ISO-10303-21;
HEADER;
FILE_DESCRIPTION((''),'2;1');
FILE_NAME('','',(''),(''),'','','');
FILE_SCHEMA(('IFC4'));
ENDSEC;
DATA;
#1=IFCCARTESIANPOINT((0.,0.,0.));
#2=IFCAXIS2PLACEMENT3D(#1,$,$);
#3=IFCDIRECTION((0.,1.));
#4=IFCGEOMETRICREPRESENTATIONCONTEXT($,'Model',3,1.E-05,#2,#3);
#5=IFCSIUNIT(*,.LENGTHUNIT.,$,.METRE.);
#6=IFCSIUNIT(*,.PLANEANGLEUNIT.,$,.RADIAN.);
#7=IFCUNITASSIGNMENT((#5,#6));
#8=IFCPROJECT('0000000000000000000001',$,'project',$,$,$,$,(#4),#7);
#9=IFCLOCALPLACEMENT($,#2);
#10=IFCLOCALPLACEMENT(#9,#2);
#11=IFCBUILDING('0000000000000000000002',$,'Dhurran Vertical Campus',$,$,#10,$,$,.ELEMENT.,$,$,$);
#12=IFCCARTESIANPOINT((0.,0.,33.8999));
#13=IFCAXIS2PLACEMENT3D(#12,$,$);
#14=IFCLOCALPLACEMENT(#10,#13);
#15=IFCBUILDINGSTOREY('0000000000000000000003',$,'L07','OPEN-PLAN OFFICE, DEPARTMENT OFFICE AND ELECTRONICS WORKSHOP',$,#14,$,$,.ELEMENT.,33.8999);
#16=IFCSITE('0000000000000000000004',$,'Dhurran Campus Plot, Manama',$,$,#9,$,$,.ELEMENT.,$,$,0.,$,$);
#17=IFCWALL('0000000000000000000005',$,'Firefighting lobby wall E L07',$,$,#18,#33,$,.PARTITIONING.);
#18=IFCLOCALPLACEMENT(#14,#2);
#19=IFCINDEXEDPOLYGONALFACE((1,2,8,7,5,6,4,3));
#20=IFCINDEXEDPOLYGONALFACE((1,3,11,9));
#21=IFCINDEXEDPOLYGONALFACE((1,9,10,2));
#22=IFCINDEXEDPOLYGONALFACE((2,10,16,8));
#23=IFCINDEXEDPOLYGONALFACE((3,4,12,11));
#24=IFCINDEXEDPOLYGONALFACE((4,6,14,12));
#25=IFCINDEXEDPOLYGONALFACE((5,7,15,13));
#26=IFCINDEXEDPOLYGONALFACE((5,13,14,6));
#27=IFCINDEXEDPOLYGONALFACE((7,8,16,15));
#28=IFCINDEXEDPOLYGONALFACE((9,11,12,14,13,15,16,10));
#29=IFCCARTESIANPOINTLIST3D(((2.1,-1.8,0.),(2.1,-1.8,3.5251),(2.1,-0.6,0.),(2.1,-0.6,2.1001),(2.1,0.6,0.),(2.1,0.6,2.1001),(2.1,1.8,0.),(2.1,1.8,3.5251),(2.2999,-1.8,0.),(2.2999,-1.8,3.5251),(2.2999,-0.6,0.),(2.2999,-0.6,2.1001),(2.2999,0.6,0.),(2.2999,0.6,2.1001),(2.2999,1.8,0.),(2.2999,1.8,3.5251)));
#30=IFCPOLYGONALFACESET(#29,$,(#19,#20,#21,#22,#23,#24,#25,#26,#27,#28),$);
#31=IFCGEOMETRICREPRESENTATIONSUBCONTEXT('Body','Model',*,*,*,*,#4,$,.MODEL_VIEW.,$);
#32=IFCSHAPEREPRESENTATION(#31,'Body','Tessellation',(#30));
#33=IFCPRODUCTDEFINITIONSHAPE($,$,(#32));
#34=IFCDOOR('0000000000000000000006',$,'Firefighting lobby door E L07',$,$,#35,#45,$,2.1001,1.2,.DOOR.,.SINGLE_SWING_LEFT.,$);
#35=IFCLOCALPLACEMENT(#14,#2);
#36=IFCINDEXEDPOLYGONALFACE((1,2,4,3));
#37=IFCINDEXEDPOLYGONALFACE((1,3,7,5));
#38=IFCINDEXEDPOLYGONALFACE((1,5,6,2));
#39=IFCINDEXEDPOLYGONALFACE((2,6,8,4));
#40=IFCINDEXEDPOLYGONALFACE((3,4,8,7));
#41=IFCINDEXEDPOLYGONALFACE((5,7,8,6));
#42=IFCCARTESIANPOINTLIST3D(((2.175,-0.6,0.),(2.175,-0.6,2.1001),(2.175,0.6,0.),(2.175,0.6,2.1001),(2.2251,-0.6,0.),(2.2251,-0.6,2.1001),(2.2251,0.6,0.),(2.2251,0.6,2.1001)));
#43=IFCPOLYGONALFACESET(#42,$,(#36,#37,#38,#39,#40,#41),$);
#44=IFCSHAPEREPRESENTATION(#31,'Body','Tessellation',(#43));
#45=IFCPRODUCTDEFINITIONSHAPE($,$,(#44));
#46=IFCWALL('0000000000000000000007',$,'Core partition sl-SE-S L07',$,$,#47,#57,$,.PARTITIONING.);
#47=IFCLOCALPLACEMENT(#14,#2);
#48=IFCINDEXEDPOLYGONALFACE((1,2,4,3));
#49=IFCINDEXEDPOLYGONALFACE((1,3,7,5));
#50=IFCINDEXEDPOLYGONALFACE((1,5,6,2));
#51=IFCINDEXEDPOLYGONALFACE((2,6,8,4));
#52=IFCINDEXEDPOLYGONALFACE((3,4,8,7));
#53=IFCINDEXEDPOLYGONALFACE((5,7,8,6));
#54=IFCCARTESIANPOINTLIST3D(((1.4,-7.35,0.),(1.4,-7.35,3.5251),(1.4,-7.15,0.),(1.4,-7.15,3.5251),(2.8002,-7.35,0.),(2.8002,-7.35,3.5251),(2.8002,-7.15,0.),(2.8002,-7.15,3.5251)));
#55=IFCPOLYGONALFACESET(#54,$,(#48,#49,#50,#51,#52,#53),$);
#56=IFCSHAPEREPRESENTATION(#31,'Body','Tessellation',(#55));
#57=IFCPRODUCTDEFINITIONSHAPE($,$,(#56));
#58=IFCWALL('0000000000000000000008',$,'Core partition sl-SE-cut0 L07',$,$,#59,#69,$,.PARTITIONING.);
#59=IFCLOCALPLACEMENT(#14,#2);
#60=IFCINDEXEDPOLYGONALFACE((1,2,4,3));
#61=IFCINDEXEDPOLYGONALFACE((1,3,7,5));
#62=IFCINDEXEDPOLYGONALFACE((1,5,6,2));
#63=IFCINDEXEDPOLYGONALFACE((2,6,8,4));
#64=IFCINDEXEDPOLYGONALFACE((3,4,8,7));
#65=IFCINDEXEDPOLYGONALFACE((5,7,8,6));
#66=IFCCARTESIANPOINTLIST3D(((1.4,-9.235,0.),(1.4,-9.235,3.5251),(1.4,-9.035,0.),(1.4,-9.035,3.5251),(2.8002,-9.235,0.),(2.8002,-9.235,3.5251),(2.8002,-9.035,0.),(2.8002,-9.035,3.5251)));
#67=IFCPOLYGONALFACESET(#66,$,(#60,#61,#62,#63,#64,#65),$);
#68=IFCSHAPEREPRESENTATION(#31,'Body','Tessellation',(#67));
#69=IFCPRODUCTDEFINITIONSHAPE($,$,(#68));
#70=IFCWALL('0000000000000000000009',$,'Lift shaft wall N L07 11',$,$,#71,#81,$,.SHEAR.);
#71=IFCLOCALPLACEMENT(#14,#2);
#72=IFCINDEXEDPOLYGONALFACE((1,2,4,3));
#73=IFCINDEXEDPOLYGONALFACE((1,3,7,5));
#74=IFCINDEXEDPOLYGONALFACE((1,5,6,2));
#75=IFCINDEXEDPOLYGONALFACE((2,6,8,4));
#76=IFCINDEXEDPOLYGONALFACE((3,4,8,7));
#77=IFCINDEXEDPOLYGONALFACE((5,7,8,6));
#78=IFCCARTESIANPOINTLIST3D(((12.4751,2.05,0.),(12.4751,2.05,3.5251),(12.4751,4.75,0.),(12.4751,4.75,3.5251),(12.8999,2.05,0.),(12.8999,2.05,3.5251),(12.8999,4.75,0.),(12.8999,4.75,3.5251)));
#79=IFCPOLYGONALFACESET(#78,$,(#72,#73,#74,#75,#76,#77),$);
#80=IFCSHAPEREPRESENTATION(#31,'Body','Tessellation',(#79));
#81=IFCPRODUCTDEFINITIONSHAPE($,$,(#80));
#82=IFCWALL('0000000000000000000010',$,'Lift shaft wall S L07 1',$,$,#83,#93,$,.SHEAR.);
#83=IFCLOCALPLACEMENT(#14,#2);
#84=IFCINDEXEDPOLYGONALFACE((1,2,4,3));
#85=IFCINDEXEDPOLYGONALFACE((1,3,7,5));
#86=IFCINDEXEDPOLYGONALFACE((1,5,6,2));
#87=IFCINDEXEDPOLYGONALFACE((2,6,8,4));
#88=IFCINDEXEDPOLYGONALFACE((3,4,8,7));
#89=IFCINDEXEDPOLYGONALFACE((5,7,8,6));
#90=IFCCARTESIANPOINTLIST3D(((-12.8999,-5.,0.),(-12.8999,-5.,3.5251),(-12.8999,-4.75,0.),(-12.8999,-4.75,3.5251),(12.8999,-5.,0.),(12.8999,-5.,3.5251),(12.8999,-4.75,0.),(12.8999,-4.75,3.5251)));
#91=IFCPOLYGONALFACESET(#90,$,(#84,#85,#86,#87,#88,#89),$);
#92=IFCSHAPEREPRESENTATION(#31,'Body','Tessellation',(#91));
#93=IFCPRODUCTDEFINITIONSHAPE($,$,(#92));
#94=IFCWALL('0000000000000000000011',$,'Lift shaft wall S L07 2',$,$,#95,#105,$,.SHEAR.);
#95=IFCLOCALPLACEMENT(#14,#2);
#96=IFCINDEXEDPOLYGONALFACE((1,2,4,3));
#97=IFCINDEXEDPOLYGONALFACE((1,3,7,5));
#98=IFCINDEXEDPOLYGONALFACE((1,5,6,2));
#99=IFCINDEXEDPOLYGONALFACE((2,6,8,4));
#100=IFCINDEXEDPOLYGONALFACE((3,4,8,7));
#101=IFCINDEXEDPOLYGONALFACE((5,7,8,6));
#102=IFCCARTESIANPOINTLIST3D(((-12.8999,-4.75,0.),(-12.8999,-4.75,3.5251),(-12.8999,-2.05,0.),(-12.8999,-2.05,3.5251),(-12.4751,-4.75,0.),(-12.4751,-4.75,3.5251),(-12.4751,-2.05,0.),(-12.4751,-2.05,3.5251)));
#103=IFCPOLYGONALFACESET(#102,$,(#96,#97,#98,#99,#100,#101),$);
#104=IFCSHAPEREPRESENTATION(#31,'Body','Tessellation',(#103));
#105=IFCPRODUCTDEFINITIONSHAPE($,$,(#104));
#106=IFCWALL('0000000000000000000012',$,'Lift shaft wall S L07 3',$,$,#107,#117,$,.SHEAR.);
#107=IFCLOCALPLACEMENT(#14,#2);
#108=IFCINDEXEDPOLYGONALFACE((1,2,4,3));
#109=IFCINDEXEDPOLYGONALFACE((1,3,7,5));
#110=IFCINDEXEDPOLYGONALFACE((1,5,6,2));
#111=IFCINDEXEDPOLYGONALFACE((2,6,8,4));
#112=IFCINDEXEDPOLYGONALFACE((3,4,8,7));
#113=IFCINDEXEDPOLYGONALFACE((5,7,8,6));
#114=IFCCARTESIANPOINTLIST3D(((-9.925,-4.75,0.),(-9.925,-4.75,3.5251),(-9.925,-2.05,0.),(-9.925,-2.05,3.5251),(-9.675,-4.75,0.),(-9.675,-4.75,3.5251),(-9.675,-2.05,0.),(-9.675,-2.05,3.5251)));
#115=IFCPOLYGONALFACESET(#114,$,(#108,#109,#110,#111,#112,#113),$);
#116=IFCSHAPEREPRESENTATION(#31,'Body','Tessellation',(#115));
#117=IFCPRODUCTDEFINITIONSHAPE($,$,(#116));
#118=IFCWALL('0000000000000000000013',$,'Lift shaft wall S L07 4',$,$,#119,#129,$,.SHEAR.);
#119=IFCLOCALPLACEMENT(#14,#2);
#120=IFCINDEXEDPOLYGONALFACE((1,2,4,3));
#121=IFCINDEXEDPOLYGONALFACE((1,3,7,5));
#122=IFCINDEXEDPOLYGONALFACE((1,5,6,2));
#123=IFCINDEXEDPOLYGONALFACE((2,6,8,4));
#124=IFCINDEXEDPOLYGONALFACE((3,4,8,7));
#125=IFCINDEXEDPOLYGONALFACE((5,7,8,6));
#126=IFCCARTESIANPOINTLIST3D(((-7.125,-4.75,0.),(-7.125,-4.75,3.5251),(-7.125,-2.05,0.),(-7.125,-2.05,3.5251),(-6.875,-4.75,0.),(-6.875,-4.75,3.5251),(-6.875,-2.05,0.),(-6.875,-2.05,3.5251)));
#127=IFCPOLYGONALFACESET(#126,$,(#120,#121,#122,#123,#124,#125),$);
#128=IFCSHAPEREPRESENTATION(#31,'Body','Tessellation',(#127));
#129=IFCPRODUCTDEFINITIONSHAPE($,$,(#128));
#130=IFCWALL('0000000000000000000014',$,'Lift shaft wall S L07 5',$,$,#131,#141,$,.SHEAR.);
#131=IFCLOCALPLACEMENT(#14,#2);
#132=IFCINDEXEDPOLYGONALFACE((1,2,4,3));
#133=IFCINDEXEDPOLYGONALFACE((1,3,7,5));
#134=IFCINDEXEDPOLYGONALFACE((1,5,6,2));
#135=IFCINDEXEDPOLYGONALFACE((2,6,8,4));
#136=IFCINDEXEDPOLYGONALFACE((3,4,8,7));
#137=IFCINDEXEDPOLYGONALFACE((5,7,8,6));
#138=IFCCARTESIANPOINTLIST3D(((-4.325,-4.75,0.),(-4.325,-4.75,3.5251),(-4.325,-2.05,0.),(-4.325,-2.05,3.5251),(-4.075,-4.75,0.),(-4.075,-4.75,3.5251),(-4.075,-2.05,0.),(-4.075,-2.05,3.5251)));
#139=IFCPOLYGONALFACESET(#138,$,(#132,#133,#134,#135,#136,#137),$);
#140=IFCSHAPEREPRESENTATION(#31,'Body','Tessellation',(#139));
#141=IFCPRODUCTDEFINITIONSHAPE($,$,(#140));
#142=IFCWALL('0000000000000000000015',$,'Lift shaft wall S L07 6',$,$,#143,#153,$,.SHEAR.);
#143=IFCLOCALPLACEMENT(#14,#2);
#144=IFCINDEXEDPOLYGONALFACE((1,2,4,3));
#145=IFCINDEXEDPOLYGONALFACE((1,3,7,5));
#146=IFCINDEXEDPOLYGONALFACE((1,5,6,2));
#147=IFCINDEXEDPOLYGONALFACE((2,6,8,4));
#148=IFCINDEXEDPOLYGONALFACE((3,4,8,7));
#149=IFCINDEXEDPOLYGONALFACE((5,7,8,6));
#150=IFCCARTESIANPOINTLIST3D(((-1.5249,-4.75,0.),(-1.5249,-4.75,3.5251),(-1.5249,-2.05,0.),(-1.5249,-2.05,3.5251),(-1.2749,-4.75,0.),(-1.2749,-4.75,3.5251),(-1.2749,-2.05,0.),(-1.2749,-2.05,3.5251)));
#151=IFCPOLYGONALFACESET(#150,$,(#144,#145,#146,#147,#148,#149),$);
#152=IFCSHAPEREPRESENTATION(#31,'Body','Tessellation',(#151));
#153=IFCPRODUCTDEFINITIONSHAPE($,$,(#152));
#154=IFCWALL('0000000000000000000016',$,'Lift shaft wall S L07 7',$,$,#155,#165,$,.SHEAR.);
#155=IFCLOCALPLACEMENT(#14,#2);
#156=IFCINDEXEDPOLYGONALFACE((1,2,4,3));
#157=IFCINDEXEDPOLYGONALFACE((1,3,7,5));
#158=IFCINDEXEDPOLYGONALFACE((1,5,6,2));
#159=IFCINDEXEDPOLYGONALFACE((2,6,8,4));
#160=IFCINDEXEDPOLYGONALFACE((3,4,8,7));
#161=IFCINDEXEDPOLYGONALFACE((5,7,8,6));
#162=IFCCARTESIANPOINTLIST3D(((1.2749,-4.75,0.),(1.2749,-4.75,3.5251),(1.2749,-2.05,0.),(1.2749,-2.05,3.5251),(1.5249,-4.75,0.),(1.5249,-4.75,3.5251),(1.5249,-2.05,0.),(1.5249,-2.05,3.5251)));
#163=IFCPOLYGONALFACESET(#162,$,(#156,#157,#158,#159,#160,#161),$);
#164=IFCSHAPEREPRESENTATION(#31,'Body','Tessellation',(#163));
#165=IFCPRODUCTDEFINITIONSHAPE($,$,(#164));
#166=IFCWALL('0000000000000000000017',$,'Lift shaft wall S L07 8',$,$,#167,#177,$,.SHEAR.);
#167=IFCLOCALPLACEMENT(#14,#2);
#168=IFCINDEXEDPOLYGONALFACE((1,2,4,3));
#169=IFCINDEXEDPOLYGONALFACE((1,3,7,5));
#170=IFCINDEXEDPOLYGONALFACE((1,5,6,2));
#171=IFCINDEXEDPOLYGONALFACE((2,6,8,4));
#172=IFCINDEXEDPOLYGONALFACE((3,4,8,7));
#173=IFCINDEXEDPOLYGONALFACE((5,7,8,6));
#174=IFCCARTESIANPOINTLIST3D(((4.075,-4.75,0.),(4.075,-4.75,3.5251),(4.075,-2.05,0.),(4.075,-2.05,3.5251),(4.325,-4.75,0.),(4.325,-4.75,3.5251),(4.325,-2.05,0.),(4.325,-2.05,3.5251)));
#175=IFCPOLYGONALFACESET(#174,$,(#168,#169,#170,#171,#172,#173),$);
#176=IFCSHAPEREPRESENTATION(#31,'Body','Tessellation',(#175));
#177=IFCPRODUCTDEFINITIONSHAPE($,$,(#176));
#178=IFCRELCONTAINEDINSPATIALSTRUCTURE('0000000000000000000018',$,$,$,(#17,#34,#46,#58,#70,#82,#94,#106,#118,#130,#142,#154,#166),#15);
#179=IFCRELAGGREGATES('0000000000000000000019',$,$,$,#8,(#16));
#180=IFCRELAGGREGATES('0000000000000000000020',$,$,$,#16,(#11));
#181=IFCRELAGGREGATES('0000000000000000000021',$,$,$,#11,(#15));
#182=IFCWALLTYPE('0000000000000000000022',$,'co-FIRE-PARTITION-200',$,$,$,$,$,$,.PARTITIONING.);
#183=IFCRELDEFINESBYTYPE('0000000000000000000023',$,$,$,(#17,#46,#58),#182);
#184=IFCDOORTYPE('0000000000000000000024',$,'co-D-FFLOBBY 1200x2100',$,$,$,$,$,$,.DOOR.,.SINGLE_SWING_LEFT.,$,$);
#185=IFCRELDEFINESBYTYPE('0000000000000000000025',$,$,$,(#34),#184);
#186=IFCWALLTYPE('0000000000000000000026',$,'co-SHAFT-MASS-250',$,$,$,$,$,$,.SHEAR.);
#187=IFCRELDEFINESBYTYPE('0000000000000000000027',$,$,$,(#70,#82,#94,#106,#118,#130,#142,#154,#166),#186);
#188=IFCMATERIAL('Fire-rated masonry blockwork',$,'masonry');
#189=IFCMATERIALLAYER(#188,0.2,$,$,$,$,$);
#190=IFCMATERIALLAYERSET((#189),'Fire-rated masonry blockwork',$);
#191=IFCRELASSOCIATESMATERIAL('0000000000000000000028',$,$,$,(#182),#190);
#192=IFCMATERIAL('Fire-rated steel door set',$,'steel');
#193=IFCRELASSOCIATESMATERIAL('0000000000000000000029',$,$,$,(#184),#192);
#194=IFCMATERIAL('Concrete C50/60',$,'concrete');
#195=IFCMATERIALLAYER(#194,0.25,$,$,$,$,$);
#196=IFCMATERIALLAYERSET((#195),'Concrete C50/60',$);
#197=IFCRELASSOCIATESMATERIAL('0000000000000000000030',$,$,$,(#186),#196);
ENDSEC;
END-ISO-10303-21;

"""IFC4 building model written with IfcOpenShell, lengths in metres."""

from ifc_helpers import new_model, si_unit, direction, frame, frame_2d, origin, place, context, subcontext, project, spatial, polyline, rectangle, outline, extrude, material, layer, layer_set, type_object, element, fill, save


model = new_model("IFC4")

# Units and contexts
model_context = context("Model", 3, precision=1e-05, world=origin(), true_north=direction((0.0, 1.0)))
body_context = subcontext(model_context, "Body", "Model", "MODEL_VIEW")
ifc_project = project(units=[si_unit("LENGTHUNIT", "METRE"), si_unit("PLANEANGLEUNIT", "RADIAN")], contexts=[model_context])

# Site, building, storey
site_placement = place(None, origin())
site = spatial("IfcSite", under=ifc_project, at=site_placement, Name="Dhurran Campus Plot, Manama", CompositionType="ELEMENT", RefElevation=0.0)
building_placement = place(site_placement, origin())
building = spatial("IfcBuilding", under=site, at=building_placement, Name="Dhurran Vertical Campus", CompositionType="ELEMENT")
storey_placement = place(building_placement, frame((0.0, 0.0, 33.8999)))
storey = spatial("IfcBuildingStorey", under=building, at=storey_placement, Name="L07", Description="OPEN-PLAN OFFICE, DEPARTMENT OFFICE AND ELECTRONICS WORKSHOP", CompositionType="ELEMENT", Elevation=33.8999)

# Wall, opening, door
ifc_material_1 = material(Name="Fire-rated masonry blockwork", Category="masonry")
ifc_layer_1 = layer(ifc_material_1, 0.2)
ifc_layer_set_1 = layer_set([ifc_layer_1], Name="Fire-rated masonry blockwork")
wall_type_1 = type_object("IfcWallType", Name="co-FIRE-PARTITION-200", PredefinedType="PARTITIONING", material=ifc_layer_set_1)
wall_1_placement = place(storey_placement, frame((2.2, -1.8, 0.0), z_axis=(0.0, 0.0, 1.0), x_axis=(0.0, 1.0, 0.0)))
wall_1 = element("IfcWall", 1, at=wall_1_placement, inside=storey, type_object=wall_type_1, Name="Firefighting lobby wall E L07", PredefinedType="PARTITIONING", context=body_context, shape_type="SweptSolid", body=[
    extrude(rectangle(XDim=3.6001, YDim=0.2, at=frame_2d((1.8, 0.0))), origin(), (0.0, 0.0, 1.0), 3.5251),
])
opening_1_placement = place(wall_1_placement, frame((1.2, 0.0, 0.0)))
opening_1 = element("IfcOpeningElement", 2, at=opening_1_placement, cuts=wall_1, PredefinedType="OPENING", context=body_context, shape_type="SweptSolid", body=[
    extrude(rectangle(XDim=1.2, YDim=2.1001, at=frame_2d((0.6001, 1.05))), frame((0.0, 0.1099, 0.0), z_axis=(0.0, -1.0, 0.0), x_axis=(1.0, 0.0, 0.0)), (0.0, 0.0, 1.0), 0.22),
])
ifc_material_2 = material(Name="Fire-rated steel door set", Category="steel")
door_type_1 = type_object("IfcDoorType", Name="co-D-FFLOBBY 1200x2100", OperationType="SINGLE_SWING_LEFT", PredefinedType="DOOR", material=ifc_material_2)
door_1_placement = place(opening_1_placement, origin())
door_1 = element("IfcDoor", 3, at=door_1_placement, inside=storey, type_object=door_type_1, Name="Firefighting lobby door E L07", OperationType="SINGLE_SWING_LEFT", OverallHeight=2.1001, OverallWidth=1.2, PredefinedType="DOOR", context=body_context, shape_type="SweptSolid", body=[
    extrude(rectangle(XDim=1.2, YDim=2.1001, at=frame_2d((0.6001, 1.05))), frame((0.0, 0.0249, 0.0), z_axis=(0.0, -1.0, 0.0), x_axis=(1.0, 0.0, 0.0)), (0.0, 0.0, 1.0), 0.05),
])
fill(opening_1, door_1)

# Walls
for number, where, z_axis, x_axis, name in (
    (4, (1.3999, -7.25, 0.0), (0.0, 0.0, 1.0), (1.0, 0.0, 0.0), "Core partition sl-SE-S L07"),
    (5, (1.3999, -9.135, 0.0), (0.0, 0.0, 1.0), (1.0, 0.0, 0.0), "Core partition sl-SE-cut0 L07"),
):
    element("IfcWall", number, at=place(storey_placement, frame(where, z_axis=z_axis, x_axis=x_axis)), inside=storey, type_object=wall_type_1, Name=name, PredefinedType="PARTITIONING", context=body_context, shape_type="SweptSolid", body=[
        extrude(rectangle(XDim=1.4001, YDim=0.2, at=frame_2d((0.7002, 0.0))), origin(), (0.0, 0.0, 1.0), 3.5251),
    ])
ifc_material_3 = material(Name="Concrete C50/60", Category="concrete")
ifc_layer_2 = layer(ifc_material_3, 0.25)
ifc_layer_set_2 = layer_set([ifc_layer_2], Name="Concrete C50/60")
wall_type_2 = type_object("IfcWallType", Name="co-SHAFT-MASS-250", PredefinedType="SHEAR", material=ifc_layer_set_2)
wall_2_placement = place(storey_placement, origin())
element("IfcWall", 6, at=wall_2_placement, inside=storey, type_object=wall_type_2, Name="Lift shaft wall N L07 11", PredefinedType="SHEAR", context=body_context, shape_type="SweptSolid", body=[
    extrude(outline(polyline([(12.4751, 2.05), (12.8999, 2.05), (12.8999, 4.75), (12.4751, 4.75), (12.4751, 2.05)])), origin(), (0.0, 0.0, 1.0), 3.5251),
])
wall_3_placement = place(storey_placement, origin())
element("IfcWall", 7, at=wall_3_placement, inside=storey, type_object=wall_type_2, Name="Lift shaft wall S L07 1", PredefinedType="SHEAR", context=body_context, shape_type="SweptSolid", body=[
    extrude(outline(polyline([(-12.8999, -5.0), (12.8999, -5.0), (12.8999, -4.75), (-12.8999, -4.75), (-12.8999, -5.0)])), origin(), (0.0, 0.0, 1.0), 3.5251),
])
wall_4_placement = place(storey_placement, origin())
element("IfcWall", 8, at=wall_4_placement, inside=storey, type_object=wall_type_2, Name="Lift shaft wall S L07 2", PredefinedType="SHEAR", context=body_context, shape_type="SweptSolid", body=[
    extrude(outline(polyline([(-12.8999, -4.75), (-12.4751, -4.75), (-12.4751, -2.05), (-12.8999, -2.05), (-12.8999, -4.75)])), origin(), (0.0, 0.0, 1.0), 3.5251),
])
wall_5_placement = place(storey_placement, origin())
element("IfcWall", 9, at=wall_5_placement, inside=storey, type_object=wall_type_2, Name="Lift shaft wall S L07 3", PredefinedType="SHEAR", context=body_context, shape_type="SweptSolid", body=[
    extrude(outline(polyline([(-9.925, -4.75), (-9.675, -4.75), (-9.675, -2.05), (-9.925, -2.05), (-9.925, -4.75)])), origin(), (0.0, 0.0, 1.0), 3.5251),
])
wall_6_placement = place(storey_placement, origin())
element("IfcWall", 10, at=wall_6_placement, inside=storey, type_object=wall_type_2, Name="Lift shaft wall S L07 4", PredefinedType="SHEAR", context=body_context, shape_type="SweptSolid", body=[
    extrude(outline(polyline([(-7.125, -4.75), (-6.875, -4.75), (-6.875, -2.05), (-7.125, -2.05), (-7.125, -4.75)])), origin(), (0.0, 0.0, 1.0), 3.5251),
])
wall_7_placement = place(storey_placement, origin())
element("IfcWall", 11, at=wall_7_placement, inside=storey, type_object=wall_type_2, Name="Lift shaft wall S L07 5", PredefinedType="SHEAR", context=body_context, shape_type="SweptSolid", body=[
    extrude(outline(polyline([(-4.325, -4.75), (-4.075, -4.75), (-4.075, -2.05), (-4.325, -2.05), (-4.325, -4.75)])), origin(), (0.0, 0.0, 1.0), 3.5251),
])
wall_8_placement = place(storey_placement, origin())
element("IfcWall", 12, at=wall_8_placement, inside=storey, type_object=wall_type_2, Name="Lift shaft wall S L07 6", PredefinedType="SHEAR", context=body_context, shape_type="SweptSolid", body=[
    extrude(outline(polyline([(-1.5249, -4.75), (-1.2749, -4.75), (-1.2749, -2.05), (-1.5249, -2.05), (-1.5249, -4.75)])), origin(), (0.0, 0.0, 1.0), 3.5251),
])
wall_9_placement = place(storey_placement, origin())
element("IfcWall", 13, at=wall_9_placement, inside=storey, type_object=wall_type_2, Name="Lift shaft wall S L07 7", PredefinedType="SHEAR", context=body_context, shape_type="SweptSolid", body=[
    extrude(outline(polyline([(1.2749, -4.75), (1.5249, -4.75), (1.5249, -2.05), (1.2749, -2.05), (1.2749, -4.75)])), origin(), (0.0, 0.0, 1.0), 3.5251),
])
wall_10_placement = place(storey_placement, origin())
element("IfcWall", 14, at=wall_10_placement, inside=storey, type_object=wall_type_2, Name="Lift shaft wall S L07 8", PredefinedType="SHEAR", context=body_context, shape_type="SweptSolid", body=[
    extrude(outline(polyline([(4.075, -4.75), (4.325, -4.75), (4.325, -2.05), (4.075, -2.05), (4.075, -4.75)])), origin(), (0.0, 0.0, 1.0), 3.5251),
])

save(model, "model.ifc")
